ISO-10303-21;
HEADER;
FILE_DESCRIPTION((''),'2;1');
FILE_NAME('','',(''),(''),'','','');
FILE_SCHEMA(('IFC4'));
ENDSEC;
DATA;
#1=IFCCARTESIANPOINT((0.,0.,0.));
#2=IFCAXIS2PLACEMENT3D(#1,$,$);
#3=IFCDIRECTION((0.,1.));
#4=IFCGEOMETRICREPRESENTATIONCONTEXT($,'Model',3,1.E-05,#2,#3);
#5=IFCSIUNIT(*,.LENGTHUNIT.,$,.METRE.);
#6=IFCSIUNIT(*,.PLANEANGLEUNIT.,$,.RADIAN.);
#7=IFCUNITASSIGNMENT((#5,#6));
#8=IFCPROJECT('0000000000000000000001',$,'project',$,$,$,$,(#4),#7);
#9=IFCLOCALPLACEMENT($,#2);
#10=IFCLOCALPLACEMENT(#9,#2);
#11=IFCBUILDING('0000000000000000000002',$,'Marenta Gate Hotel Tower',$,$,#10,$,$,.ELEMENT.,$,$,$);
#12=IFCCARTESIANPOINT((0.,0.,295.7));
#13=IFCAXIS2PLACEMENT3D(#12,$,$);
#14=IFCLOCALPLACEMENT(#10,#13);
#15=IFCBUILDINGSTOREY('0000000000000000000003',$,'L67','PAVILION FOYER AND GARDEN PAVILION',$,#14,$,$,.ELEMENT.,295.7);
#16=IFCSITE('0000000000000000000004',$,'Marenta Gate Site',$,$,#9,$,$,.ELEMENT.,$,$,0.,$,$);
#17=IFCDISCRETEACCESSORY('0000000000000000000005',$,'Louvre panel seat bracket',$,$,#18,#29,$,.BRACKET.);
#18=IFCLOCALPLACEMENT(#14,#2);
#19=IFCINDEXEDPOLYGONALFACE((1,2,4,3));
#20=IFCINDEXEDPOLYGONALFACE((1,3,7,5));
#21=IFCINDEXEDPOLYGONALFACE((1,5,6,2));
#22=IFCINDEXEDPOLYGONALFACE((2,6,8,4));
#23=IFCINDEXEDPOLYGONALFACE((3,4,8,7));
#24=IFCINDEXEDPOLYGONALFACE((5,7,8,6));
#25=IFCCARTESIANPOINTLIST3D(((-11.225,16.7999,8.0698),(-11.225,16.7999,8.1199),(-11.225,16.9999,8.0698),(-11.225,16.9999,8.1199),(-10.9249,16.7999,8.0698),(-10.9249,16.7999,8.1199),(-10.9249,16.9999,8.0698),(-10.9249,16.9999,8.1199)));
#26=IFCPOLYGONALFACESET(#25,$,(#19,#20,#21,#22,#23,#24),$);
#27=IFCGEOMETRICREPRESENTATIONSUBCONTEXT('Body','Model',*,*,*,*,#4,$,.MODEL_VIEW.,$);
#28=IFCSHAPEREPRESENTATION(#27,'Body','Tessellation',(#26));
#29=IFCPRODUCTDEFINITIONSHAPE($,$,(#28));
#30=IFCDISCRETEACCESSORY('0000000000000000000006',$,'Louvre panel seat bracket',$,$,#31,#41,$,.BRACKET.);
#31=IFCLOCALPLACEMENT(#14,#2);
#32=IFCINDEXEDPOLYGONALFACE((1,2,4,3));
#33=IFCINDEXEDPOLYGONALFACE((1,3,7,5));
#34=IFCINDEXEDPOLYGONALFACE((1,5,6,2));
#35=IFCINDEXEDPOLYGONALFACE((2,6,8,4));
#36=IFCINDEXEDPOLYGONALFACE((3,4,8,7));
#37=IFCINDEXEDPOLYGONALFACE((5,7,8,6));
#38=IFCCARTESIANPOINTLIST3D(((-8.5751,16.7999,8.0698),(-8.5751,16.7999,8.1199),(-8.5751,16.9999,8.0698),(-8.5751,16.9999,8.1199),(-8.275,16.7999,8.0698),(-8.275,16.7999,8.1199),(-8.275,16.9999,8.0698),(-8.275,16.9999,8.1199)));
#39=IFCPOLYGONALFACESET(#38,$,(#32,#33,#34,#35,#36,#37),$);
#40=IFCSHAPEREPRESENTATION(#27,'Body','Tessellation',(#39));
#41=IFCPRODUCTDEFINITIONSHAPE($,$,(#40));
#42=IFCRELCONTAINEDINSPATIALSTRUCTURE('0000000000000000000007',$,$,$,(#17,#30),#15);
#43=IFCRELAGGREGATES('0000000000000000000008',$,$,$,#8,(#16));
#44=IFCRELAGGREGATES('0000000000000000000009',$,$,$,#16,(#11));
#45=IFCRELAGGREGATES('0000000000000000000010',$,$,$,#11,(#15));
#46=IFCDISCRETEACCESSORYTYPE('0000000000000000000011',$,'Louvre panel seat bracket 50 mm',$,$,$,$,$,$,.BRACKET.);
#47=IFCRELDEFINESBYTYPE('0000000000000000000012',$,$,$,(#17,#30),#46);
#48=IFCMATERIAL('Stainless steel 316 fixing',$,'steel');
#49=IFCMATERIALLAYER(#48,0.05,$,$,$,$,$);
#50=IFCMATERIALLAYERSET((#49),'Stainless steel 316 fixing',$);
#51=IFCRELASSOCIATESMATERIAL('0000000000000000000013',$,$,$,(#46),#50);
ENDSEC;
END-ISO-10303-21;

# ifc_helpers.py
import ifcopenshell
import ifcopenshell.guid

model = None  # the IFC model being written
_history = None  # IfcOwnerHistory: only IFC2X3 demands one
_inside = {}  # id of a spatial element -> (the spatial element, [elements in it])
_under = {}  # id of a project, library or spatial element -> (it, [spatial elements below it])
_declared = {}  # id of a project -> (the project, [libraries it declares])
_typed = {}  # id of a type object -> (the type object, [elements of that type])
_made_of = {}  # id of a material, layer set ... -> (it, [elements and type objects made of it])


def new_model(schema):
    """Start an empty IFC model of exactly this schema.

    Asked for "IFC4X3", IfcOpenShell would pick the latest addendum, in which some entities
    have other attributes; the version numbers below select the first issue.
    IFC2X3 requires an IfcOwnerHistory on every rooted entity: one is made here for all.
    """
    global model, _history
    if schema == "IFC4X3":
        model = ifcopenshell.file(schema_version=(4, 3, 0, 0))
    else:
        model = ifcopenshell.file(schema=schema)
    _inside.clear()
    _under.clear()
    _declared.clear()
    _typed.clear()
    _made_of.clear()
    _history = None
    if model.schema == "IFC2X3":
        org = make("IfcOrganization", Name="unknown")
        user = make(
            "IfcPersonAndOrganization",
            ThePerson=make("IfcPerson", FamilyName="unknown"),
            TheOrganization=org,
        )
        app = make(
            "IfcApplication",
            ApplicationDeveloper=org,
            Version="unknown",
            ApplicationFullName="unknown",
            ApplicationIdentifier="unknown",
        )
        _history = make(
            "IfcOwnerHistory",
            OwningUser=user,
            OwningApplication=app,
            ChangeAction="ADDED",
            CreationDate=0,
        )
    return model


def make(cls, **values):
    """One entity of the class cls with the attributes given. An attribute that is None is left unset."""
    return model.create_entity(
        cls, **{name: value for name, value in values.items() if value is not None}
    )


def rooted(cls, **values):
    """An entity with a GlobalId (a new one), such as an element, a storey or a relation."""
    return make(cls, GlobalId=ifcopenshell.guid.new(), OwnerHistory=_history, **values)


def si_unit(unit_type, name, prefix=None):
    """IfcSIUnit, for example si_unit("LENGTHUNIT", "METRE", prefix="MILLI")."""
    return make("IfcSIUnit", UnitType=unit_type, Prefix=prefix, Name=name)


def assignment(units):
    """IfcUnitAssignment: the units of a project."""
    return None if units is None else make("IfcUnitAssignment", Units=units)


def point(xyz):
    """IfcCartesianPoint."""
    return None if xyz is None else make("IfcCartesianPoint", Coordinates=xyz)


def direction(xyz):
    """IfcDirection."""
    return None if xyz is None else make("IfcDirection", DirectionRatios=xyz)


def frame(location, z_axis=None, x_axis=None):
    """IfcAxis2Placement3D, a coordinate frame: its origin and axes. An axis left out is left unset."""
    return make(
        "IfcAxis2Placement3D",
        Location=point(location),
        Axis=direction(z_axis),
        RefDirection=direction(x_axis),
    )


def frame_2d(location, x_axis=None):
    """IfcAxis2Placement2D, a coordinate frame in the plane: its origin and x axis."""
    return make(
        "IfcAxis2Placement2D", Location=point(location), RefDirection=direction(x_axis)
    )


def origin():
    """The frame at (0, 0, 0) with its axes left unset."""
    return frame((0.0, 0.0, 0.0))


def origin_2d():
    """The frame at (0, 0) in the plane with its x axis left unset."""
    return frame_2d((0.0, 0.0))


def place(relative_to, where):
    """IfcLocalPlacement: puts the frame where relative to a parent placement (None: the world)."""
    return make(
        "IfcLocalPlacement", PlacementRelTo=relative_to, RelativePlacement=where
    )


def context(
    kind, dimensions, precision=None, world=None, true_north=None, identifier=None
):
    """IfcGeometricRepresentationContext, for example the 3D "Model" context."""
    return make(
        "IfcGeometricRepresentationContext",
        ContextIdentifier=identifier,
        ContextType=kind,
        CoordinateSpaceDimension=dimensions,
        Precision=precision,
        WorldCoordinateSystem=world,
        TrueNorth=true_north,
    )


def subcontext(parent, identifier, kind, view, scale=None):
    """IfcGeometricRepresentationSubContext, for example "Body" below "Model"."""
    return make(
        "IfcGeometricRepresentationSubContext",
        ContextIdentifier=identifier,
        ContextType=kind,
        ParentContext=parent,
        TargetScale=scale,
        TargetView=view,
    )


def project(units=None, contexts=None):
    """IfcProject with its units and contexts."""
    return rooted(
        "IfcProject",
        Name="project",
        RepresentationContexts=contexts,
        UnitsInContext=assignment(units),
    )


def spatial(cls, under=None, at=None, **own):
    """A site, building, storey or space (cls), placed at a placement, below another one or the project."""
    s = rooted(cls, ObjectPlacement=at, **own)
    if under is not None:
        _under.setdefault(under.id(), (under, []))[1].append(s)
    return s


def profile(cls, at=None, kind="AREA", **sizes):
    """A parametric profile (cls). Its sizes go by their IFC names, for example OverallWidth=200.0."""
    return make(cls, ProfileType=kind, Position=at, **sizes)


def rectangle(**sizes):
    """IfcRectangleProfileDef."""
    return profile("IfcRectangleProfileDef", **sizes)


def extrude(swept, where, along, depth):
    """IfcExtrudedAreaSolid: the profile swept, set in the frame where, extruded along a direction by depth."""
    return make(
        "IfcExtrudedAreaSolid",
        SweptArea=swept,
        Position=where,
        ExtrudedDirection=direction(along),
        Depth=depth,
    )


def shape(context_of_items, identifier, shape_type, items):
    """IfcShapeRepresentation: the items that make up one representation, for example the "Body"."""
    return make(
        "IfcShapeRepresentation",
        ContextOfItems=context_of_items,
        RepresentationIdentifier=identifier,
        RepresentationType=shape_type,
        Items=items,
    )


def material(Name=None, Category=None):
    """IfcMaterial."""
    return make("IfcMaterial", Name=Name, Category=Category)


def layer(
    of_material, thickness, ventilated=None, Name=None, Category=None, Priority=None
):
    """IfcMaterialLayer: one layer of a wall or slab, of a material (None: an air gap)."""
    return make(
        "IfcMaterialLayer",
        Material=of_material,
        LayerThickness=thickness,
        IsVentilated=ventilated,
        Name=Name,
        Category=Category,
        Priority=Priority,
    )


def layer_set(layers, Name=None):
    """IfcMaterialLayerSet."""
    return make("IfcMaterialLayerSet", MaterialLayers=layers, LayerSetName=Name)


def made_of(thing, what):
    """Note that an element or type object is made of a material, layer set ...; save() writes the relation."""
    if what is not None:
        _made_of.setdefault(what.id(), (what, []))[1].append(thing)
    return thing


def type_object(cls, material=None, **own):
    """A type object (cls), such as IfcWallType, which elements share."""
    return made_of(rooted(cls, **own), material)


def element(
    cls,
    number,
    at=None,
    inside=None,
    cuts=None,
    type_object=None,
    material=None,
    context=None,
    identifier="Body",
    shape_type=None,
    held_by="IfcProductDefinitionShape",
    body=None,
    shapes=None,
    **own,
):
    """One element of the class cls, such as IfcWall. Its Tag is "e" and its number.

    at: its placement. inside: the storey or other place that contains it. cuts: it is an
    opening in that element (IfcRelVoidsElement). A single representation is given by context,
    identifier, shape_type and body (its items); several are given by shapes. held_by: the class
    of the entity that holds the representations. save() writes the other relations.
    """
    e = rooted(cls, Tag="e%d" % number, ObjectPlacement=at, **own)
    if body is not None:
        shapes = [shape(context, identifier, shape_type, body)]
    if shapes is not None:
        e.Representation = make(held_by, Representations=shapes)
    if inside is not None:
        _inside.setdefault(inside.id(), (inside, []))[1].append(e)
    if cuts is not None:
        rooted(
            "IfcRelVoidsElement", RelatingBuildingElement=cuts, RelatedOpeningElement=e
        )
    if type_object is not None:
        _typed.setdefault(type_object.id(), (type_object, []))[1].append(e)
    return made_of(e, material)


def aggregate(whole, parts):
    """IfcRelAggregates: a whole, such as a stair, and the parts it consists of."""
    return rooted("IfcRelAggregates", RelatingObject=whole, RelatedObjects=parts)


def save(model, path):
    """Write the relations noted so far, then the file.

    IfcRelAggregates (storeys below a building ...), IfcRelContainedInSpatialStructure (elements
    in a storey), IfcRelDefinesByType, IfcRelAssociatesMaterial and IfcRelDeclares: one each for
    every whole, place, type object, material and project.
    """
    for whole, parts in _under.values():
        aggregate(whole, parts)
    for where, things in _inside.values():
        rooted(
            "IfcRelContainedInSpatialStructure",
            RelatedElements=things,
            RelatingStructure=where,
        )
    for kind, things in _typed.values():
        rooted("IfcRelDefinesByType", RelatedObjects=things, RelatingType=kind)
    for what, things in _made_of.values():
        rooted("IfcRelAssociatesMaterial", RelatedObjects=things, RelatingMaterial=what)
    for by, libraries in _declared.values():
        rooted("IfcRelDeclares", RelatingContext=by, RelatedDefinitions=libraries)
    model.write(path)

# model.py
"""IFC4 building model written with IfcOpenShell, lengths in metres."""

from ifc_helpers import new_model, si_unit, direction, frame, origin, origin_2d, place, context, subcontext, project, spatial, rectangle, extrude, material, layer, layer_set, type_object, element, save


model = new_model("IFC4")

# Units and contexts
model_context = context("Model", 3, precision=1e-05, world=origin(), true_north=direction((0.0, 1.0)))
body_context = subcontext(model_context, "Body", "Model", "MODEL_VIEW")
ifc_project = project(units=[si_unit("LENGTHUNIT", "METRE"), si_unit("PLANEANGLEUNIT", "RADIAN")], contexts=[model_context])

# Site, building, storey
site_placement = place(None, origin())
site = spatial("IfcSite", under=ifc_project, at=site_placement, Name="Marenta Gate Site", CompositionType="ELEMENT", RefElevation=0.0)
building_placement = place(site_placement, origin())
building = spatial("IfcBuilding", under=site, at=building_placement, Name="Marenta Gate Hotel Tower", CompositionType="ELEMENT")
storey_placement = place(building_placement, frame((0.0, 0.0, 295.7)))
storey = spatial("IfcBuildingStorey", under=building, at=storey_placement, Name="L67", Description="PAVILION FOYER AND GARDEN PAVILION", CompositionType="ELEMENT", Elevation=295.7)

# Discrete accessories
ifc_material_1 = material(Name="Stainless steel 316 fixing", Category="steel")
ifc_layer_1 = layer(ifc_material_1, 0.05)
ifc_layer_set_1 = layer_set([ifc_layer_1], Name="Stainless steel 316 fixing")
discrete_accessory_type_1 = type_object("IfcDiscreteAccessoryType", Name="Louvre panel seat bracket 50 mm", PredefinedType="BRACKET", material=ifc_layer_set_1)
for number, where, z_axis, x_axis, name in (
    (1, (-11.075, 16.8999, 8.0698), (0.0, 0.0, 1.0), (1.0, 0.0, 0.0), "Louvre panel seat bracket"),
    (2, (-8.425, 16.8999, 8.0698), (0.0, 0.0, 1.0), (1.0, 0.0, 0.0), "Louvre panel seat bracket"),
):
    element("IfcDiscreteAccessory", number, at=place(storey_placement, frame(where, z_axis=z_axis, x_axis=x_axis)), inside=storey, type_object=discrete_accessory_type_1, Name=name, PredefinedType="BRACKET", context=body_context, shape_type="SweptSolid", body=[
        extrude(rectangle(XDim=0.3, YDim=0.2, at=origin_2d()), origin(), (0.0, 0.0, 1.0), 0.05),
    ])

save(model, "model.ifc")
